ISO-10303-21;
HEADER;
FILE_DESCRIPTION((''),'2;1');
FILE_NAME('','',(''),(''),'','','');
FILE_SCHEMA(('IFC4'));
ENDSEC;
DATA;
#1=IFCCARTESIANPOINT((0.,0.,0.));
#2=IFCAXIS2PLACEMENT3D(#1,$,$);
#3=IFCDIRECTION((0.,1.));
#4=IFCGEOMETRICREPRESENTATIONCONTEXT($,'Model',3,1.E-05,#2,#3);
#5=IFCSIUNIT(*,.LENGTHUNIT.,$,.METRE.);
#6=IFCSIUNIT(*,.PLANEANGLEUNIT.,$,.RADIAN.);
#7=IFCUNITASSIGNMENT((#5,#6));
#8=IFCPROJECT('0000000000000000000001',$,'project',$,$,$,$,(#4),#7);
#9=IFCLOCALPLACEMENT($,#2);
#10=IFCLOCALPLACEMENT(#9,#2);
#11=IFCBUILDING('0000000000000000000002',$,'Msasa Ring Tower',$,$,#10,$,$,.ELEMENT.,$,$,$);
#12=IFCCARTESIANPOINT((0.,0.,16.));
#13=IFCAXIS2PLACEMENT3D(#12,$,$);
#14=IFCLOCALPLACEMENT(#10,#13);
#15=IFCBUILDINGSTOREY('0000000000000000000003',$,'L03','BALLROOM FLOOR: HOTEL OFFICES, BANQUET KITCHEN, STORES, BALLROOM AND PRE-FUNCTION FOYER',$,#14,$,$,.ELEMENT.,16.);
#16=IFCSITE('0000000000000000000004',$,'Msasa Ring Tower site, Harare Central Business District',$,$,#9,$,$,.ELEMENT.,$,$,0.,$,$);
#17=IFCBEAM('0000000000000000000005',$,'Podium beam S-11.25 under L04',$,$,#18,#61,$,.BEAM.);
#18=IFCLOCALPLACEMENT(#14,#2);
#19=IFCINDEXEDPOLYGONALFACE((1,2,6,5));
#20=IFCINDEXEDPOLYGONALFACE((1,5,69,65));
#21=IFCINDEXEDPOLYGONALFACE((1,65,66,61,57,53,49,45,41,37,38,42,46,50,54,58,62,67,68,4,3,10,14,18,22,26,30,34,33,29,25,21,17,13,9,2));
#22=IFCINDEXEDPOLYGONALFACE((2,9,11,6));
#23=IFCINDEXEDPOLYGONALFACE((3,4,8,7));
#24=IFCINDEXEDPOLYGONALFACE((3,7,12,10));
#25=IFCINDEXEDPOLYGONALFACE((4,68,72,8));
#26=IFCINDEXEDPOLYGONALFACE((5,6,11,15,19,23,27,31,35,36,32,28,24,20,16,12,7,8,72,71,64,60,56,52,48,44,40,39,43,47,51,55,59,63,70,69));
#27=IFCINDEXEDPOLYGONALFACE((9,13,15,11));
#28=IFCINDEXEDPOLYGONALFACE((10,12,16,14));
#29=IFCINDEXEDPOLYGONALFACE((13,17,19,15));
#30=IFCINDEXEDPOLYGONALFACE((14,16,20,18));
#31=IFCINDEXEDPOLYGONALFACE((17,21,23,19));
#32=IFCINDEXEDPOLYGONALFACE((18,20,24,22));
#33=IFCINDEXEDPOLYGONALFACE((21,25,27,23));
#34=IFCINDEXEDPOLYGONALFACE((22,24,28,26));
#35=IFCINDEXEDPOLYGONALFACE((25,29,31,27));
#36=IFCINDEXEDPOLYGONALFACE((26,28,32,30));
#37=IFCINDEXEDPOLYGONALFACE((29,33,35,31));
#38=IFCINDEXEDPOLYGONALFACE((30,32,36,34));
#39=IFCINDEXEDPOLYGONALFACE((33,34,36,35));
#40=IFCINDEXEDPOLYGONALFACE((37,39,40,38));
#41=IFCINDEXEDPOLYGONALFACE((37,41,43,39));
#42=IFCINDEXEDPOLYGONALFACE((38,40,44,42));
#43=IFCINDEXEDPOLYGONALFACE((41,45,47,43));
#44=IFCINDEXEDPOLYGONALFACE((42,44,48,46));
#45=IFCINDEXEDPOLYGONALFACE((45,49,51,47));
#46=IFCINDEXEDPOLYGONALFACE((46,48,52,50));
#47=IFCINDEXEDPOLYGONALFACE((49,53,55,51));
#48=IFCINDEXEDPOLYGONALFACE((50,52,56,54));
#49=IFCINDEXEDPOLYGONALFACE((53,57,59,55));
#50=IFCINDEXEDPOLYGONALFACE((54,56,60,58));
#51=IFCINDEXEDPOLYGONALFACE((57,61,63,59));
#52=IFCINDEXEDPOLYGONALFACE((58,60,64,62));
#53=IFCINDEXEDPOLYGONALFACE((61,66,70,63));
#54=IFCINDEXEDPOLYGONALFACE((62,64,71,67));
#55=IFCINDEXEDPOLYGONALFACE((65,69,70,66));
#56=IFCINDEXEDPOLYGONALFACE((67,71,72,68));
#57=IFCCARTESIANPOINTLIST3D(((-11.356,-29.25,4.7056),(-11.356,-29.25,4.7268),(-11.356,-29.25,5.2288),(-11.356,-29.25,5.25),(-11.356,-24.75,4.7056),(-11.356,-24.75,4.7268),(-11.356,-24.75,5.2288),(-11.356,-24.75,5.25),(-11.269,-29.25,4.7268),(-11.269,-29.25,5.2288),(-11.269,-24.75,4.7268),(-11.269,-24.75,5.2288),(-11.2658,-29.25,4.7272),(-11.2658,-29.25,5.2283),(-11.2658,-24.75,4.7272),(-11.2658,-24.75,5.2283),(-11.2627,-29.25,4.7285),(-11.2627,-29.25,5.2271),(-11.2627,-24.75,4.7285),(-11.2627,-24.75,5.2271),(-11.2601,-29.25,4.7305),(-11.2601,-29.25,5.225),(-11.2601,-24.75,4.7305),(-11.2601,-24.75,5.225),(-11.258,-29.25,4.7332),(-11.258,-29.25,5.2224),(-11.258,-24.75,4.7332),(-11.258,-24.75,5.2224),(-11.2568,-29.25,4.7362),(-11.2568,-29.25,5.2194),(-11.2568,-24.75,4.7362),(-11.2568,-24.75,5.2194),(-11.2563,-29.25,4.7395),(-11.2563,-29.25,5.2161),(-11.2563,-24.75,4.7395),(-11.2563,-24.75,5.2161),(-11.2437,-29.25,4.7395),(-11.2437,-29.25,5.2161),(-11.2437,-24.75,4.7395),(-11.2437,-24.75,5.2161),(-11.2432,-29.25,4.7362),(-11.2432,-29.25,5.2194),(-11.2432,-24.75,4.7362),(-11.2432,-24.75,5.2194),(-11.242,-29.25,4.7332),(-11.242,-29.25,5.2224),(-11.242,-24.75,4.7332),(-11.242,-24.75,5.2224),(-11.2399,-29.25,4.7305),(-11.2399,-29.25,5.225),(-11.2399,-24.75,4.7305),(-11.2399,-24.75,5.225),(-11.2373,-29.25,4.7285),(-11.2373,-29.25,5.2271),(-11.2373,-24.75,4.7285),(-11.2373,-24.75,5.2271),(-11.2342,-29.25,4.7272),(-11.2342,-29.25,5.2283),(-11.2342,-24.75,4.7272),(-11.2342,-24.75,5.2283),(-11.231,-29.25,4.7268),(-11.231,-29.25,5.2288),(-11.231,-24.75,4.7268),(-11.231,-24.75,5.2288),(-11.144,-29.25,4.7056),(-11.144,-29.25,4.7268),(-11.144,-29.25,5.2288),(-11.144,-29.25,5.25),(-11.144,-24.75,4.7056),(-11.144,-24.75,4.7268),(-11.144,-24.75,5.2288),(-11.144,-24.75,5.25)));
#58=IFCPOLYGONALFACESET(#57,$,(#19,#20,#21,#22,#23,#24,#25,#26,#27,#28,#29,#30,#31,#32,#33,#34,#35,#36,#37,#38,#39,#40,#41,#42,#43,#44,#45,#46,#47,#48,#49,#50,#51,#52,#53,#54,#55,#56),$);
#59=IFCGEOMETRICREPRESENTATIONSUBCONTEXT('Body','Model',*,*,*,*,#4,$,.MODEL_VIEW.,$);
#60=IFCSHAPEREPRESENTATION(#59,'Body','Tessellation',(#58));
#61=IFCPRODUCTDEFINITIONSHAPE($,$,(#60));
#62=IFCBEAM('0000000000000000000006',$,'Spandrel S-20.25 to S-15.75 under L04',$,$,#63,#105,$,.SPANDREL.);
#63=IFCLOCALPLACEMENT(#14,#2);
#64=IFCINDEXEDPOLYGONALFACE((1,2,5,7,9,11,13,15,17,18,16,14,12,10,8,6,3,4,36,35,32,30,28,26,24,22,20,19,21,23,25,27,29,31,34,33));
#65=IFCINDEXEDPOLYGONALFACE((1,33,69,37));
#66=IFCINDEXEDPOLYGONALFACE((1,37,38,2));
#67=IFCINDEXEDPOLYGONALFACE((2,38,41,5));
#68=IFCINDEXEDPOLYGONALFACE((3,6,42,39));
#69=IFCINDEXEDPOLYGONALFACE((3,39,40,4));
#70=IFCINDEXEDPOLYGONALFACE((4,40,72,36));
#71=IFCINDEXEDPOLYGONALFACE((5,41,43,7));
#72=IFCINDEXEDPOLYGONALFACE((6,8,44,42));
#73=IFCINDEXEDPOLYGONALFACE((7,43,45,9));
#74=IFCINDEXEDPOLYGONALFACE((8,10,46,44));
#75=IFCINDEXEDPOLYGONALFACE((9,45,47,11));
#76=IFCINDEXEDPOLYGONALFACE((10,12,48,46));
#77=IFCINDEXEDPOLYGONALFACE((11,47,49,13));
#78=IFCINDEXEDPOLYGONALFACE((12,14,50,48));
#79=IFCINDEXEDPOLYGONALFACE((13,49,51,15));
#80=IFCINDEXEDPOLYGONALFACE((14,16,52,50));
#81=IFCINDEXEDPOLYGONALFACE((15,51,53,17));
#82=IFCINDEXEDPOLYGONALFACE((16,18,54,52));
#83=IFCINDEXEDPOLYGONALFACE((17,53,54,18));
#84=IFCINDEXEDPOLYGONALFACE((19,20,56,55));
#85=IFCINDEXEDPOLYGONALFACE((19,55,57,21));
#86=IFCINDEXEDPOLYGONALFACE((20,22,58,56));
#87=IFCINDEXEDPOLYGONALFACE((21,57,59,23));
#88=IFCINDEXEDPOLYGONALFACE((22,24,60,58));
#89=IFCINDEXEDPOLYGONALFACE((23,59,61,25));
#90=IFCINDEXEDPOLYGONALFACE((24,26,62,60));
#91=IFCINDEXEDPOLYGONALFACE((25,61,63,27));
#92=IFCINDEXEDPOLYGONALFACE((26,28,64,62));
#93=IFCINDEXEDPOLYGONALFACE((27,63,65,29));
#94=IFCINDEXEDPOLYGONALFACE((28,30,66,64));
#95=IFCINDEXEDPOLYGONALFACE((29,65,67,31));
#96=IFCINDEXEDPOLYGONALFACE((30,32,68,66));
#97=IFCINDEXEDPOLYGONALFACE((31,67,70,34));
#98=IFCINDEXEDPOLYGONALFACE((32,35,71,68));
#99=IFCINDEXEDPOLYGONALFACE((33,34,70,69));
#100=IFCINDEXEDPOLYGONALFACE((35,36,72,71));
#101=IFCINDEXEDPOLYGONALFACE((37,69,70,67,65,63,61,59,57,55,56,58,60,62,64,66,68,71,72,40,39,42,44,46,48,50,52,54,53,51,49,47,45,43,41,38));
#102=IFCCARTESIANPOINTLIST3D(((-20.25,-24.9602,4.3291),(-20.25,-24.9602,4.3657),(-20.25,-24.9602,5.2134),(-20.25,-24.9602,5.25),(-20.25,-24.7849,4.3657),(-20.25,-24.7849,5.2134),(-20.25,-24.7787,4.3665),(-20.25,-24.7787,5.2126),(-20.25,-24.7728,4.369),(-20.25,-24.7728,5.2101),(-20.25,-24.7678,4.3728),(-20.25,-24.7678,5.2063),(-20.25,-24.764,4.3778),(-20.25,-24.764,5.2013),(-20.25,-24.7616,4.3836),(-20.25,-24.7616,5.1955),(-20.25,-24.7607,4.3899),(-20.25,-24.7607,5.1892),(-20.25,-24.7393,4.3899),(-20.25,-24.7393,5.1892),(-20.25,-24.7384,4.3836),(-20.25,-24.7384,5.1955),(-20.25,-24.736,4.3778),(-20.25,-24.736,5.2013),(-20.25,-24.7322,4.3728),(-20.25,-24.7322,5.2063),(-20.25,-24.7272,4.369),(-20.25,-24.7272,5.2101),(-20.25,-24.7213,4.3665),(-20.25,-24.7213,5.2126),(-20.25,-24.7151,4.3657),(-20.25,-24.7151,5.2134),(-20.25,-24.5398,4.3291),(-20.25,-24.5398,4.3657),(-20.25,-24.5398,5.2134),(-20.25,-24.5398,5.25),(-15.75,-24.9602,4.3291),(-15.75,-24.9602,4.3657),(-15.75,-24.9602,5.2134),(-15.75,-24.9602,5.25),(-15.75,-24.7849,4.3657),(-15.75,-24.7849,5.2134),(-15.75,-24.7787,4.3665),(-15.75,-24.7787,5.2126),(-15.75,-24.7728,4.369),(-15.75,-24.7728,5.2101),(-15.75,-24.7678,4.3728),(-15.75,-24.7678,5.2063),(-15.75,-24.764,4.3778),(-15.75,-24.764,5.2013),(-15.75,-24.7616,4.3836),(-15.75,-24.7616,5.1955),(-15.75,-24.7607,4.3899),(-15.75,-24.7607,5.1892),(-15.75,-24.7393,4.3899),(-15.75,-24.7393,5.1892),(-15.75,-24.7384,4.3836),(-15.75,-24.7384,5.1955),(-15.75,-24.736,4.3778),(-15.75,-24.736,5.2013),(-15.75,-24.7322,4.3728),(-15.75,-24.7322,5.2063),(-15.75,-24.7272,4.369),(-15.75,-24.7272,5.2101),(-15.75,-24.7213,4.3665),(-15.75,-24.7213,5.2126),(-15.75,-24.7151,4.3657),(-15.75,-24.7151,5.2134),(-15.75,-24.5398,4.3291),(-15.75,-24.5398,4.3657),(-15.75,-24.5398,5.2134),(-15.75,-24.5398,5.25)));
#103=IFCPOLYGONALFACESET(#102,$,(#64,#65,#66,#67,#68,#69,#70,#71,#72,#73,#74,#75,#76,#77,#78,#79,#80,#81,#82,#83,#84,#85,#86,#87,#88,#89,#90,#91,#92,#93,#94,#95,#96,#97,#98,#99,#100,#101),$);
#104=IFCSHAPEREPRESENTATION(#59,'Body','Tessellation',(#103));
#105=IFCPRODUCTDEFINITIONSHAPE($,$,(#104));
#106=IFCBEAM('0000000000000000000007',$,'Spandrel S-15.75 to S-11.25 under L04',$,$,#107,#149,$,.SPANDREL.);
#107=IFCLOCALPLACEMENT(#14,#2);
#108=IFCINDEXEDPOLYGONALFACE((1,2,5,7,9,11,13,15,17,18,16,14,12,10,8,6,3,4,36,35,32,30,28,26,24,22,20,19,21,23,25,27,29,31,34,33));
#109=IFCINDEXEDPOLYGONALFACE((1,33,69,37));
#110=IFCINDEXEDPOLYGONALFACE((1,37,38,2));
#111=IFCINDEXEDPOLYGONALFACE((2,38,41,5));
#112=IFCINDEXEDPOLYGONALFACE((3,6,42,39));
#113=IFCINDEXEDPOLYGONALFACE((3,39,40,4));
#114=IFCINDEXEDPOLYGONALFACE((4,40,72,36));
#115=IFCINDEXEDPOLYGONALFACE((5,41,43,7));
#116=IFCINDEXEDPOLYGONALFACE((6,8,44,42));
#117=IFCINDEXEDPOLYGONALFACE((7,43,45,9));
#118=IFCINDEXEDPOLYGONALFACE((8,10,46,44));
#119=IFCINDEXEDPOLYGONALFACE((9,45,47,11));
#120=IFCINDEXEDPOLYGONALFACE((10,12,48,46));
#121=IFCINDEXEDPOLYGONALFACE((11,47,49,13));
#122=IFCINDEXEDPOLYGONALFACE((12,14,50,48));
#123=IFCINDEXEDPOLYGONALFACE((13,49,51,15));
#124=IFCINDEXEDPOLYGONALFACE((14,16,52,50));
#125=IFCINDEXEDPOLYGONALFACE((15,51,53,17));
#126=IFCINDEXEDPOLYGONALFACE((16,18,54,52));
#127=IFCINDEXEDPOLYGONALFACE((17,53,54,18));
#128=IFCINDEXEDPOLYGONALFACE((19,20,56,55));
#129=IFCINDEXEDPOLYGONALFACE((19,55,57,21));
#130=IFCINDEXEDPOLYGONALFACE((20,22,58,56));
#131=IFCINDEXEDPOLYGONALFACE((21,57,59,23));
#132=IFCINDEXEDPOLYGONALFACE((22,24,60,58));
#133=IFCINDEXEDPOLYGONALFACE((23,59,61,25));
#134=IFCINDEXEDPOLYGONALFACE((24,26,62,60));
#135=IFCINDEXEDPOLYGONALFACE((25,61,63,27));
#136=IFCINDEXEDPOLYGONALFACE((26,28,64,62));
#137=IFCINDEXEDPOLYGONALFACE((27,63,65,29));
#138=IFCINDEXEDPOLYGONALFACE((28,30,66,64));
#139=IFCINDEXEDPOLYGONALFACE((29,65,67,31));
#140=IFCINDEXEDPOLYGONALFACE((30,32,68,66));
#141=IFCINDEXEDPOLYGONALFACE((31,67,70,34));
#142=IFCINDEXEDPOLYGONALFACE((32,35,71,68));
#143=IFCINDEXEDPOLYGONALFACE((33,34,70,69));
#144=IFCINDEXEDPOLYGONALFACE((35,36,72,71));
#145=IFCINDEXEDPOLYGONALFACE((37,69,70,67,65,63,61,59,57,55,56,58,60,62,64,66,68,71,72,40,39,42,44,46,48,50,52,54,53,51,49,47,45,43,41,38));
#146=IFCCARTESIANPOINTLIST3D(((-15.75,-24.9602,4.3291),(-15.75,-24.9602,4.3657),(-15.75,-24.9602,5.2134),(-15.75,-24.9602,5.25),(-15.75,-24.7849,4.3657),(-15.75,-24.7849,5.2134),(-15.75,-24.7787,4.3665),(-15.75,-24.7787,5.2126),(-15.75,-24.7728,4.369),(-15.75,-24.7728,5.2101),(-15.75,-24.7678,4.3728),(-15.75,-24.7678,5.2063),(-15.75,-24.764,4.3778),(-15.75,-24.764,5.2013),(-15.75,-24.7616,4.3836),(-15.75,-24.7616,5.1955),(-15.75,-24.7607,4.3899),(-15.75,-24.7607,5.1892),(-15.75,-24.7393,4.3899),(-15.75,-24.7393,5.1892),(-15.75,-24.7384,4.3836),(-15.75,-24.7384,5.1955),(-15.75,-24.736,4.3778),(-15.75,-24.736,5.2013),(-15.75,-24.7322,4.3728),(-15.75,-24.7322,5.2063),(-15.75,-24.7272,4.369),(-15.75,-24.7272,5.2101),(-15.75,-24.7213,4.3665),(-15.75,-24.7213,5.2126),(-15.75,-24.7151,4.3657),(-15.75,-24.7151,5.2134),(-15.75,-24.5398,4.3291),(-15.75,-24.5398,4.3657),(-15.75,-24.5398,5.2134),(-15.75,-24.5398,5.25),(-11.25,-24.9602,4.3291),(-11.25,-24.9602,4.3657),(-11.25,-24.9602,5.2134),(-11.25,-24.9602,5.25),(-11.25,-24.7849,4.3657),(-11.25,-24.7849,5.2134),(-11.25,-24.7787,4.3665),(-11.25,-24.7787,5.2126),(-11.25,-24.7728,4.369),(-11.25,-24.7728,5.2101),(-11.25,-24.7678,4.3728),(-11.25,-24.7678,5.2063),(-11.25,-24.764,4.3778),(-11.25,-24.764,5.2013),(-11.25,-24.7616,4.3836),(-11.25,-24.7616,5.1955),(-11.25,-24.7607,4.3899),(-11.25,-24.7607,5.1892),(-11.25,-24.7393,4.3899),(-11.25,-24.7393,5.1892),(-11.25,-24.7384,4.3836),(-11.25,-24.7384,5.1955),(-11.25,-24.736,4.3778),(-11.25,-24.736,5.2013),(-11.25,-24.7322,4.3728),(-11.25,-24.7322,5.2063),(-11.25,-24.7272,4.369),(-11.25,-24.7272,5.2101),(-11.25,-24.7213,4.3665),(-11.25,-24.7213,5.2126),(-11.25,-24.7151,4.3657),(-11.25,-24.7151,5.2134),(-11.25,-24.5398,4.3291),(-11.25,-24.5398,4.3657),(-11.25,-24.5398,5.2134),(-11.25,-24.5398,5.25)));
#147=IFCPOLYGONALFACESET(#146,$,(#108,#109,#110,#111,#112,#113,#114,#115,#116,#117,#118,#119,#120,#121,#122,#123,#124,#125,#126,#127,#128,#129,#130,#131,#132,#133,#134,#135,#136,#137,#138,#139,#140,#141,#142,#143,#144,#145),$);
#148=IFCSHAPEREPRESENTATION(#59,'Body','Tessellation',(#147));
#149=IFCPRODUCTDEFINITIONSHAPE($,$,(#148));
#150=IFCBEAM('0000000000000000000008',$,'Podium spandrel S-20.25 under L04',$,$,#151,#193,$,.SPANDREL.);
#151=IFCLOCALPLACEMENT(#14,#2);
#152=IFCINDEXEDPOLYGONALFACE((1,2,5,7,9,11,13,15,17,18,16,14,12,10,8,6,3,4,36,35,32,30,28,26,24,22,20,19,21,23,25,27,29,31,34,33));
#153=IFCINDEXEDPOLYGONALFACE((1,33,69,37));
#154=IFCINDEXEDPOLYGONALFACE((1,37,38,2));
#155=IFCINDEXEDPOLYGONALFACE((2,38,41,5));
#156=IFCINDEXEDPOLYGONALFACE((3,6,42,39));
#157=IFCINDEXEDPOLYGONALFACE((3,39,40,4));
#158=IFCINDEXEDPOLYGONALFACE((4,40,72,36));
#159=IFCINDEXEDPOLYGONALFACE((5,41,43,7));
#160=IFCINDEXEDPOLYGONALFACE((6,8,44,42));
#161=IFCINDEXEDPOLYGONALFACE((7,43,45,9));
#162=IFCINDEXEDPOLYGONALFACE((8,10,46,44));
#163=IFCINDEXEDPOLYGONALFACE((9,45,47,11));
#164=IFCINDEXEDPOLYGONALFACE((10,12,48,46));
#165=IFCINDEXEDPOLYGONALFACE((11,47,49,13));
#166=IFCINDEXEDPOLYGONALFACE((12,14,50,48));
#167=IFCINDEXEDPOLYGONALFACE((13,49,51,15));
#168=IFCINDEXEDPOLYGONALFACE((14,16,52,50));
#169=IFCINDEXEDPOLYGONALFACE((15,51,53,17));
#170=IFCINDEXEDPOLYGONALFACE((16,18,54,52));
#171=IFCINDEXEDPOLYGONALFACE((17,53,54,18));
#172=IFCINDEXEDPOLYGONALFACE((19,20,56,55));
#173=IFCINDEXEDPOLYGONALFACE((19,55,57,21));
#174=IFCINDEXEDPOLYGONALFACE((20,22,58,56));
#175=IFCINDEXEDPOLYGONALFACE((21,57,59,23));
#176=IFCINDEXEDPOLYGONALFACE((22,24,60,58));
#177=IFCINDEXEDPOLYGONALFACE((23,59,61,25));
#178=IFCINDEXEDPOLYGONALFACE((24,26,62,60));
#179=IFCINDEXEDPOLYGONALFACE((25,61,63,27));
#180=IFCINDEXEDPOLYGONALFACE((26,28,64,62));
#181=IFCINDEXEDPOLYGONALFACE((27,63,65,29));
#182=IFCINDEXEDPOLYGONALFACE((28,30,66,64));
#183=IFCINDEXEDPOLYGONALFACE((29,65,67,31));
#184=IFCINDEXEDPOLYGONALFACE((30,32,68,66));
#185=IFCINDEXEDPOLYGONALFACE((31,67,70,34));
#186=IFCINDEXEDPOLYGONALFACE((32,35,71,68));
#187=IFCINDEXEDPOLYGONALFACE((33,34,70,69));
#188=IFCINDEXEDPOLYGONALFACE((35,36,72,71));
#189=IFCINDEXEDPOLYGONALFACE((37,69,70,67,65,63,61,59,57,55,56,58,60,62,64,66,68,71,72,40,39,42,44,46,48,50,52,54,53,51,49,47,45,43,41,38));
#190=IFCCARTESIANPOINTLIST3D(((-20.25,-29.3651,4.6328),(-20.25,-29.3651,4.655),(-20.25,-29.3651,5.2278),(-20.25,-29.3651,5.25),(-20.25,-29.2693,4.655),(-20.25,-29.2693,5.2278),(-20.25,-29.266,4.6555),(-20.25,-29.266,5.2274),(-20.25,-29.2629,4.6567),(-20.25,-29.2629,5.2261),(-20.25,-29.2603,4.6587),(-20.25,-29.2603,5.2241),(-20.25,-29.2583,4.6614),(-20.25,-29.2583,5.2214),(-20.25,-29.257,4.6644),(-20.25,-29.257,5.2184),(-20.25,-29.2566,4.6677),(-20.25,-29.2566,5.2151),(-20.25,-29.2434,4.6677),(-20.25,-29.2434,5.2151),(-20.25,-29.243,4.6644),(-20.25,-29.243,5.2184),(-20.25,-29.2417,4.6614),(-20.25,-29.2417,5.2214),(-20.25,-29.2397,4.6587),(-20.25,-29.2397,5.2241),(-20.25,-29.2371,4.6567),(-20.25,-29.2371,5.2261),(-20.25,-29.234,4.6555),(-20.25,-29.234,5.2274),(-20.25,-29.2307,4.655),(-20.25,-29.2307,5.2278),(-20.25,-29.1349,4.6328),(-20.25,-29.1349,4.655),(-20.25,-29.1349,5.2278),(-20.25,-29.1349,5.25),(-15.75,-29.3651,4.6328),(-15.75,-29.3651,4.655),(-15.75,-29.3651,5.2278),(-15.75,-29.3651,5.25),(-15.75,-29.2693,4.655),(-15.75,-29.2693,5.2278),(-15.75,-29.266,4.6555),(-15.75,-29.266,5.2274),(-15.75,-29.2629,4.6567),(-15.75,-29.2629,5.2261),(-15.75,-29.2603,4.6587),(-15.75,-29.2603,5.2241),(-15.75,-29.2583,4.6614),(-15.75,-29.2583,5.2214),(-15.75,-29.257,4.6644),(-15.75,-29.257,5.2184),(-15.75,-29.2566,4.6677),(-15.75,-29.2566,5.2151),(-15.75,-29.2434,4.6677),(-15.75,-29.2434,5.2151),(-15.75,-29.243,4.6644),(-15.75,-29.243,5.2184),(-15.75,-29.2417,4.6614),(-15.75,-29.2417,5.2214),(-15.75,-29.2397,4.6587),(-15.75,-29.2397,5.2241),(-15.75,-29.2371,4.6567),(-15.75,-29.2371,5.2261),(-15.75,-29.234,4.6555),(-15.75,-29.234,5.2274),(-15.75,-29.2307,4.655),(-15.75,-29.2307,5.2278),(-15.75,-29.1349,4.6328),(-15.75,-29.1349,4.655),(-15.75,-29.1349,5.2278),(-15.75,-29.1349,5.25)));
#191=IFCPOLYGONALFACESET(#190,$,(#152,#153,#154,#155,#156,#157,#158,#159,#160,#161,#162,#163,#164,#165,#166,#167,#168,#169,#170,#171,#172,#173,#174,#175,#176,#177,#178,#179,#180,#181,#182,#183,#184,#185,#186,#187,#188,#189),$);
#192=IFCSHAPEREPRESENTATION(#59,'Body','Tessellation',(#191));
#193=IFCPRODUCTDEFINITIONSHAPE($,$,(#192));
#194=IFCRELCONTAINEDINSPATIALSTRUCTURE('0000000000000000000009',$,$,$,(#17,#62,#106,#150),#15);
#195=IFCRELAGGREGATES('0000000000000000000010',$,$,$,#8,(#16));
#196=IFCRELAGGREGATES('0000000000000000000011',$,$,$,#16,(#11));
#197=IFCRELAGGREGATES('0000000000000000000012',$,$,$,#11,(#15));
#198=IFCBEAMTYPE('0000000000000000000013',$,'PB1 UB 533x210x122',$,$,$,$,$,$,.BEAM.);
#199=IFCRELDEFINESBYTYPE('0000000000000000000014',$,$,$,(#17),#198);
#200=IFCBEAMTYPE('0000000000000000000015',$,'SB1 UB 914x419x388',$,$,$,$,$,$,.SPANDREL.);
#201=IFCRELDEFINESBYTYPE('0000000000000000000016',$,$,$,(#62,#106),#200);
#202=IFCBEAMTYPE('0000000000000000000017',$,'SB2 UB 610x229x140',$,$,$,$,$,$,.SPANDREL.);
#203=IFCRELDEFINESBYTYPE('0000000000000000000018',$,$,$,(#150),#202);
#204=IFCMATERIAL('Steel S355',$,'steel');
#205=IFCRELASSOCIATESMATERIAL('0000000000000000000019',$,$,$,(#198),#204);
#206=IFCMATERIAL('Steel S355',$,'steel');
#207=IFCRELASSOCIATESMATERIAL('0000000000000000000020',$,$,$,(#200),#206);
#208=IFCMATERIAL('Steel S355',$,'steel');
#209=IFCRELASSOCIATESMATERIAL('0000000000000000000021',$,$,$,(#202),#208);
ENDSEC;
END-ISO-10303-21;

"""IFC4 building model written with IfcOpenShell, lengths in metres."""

from ifc_helpers import new_model, si_unit, direction, frame, origin, origin_2d, place, context, subcontext, project, spatial, i_section, extrude, material, material_profile, profile_set, type_object, element, save


model = new_model("IFC4")

# Units and contexts
model_context = context("Model", 3, precision=1e-05, world=origin(), true_north=direction((0.0, 1.0)))
body_context = subcontext(model_context, "Body", "Model", "MODEL_VIEW")
ifc_project = project(units=[si_unit("LENGTHUNIT", "METRE"), si_unit("PLANEANGLEUNIT", "RADIAN")], contexts=[model_context])

# Site, building, storey
site_placement = place(None, origin())
site = spatial("IfcSite", under=ifc_project, at=site_placement, Name="Msasa Ring Tower site, Harare Central Business District", CompositionType="ELEMENT", RefElevation=0.0)
building_placement = place(site_placement, origin())
building = spatial("IfcBuilding", under=site, at=building_placement, Name="Msasa Ring Tower", CompositionType="ELEMENT")
storey_placement = place(building_placement, frame((0.0, 0.0, 16.0)))
storey = spatial("IfcBuildingStorey", under=building, at=storey_placement, Name="L03", Description="BALLROOM FLOOR: HOTEL OFFICES, BANQUET KITCHEN, STORES, BALLROOM AND PRE-FUNCTION FOYER", CompositionType="ELEMENT", Elevation=16.0)

# Beams
ifc_material_1 = material(Name="Steel S355", Category="steel")
ifc_material_profile_1 = material_profile(ifc_material_1, i_section(OverallWidth=0.2119, OverallDepth=0.5444, WebThickness=0.0127, FlangeThickness=0.0212, FilletRadius=0.0127, at=origin_2d()), Name="UB 533x210x122")
ifc_profile_set_1 = profile_set([ifc_material_profile_1], Name="Steel S355")
beam_type_1 = type_object("IfcBeamType", Name="PB1 UB 533x210x122", PredefinedType="BEAM", material=ifc_profile_set_1)
for number, where, z_axis, x_axis, name in (
    (1, (-11.25, -29.25, 4.9778), (0.0, 1.0, 0.0), (-1.0, 0.0, 0.0), "Podium beam S-11.25 under L04"),
):
    element("IfcBeam", number, at=place(storey_placement, frame(where, z_axis=z_axis, x_axis=x_axis)), inside=storey, type_object=beam_type_1, Name=name, PredefinedType="BEAM", context=body_context, shape_type="SweptSolid", body=[
        extrude(i_section(OverallWidth=0.2119, OverallDepth=0.5444, WebThickness=0.0127, FlangeThickness=0.0212, FilletRadius=0.0127, at=origin_2d()), origin(), (0.0, 0.0, 1.0), 4.5),
    ])
ifc_material_2 = material(Name="Steel S355", Category="steel")
ifc_material_profile_2 = material_profile(ifc_material_2, i_section(OverallWidth=0.4204, OverallDepth=0.9209, WebThickness=0.0215, FlangeThickness=0.0366, FilletRadius=0.0242, at=origin_2d()), Name="UB 914x419x388")
ifc_profile_set_2 = profile_set([ifc_material_profile_2], Name="Steel S355")
beam_type_2 = type_object("IfcBeamType", Name="SB1 UB 914x419x388", PredefinedType="SPANDREL", material=ifc_profile_set_2)
for number, where, z_axis, x_axis, name in (
    (2, (-20.25, -24.75, 4.7896), (1.0, 0.0, 0.0), (0.0, 1.0, 0.0), "Spandrel S-20.25 to S-15.75 under L04"),
    (3, (-15.75, -24.75, 4.7896), (1.0, 0.0, 0.0), (0.0, 1.0, 0.0), "Spandrel S-15.75 to S-11.25 under L04"),
):
    element("IfcBeam", number, at=place(storey_placement, frame(where, z_axis=z_axis, x_axis=x_axis)), inside=storey, type_object=beam_type_2, Name=name, PredefinedType="SPANDREL", context=body_context, shape_type="SweptSolid", body=[
        extrude(i_section(OverallWidth=0.4204, OverallDepth=0.9209, WebThickness=0.0215, FlangeThickness=0.0366, FilletRadius=0.0242, at=origin_2d()), origin(), (0.0, 0.0, 1.0), 4.5),
    ])
ifc_material_3 = material(Name="Steel S355", Category="steel")
ifc_material_profile_3 = material_profile(ifc_material_3, i_section(OverallWidth=0.2302, OverallDepth=0.6172, WebThickness=0.0132, FlangeThickness=0.0222, FilletRadius=0.0127, at=origin_2d()), Name="UB 610x229x140")
ifc_profile_set_3 = profile_set([ifc_material_profile_3], Name="Steel S355")
beam_type_3 = type_object("IfcBeamType", Name="SB2 UB 610x229x140", PredefinedType="SPANDREL", material=ifc_profile_set_3)
for number, where, z_axis, x_axis, name in (
    (4, (-20.25, -29.25, 4.9414), (1.0, 0.0, 0.0), (0.0, 1.0, 0.0), "Podium spandrel S-20.25 under L04"),
):
    element("IfcBeam", number, at=place(storey_placement, frame(where, z_axis=z_axis, x_axis=x_axis)), inside=storey, type_object=beam_type_3, Name=name, PredefinedType="SPANDREL", context=body_context, shape_type="SweptSolid", body=[
        extrude(i_section(OverallWidth=0.2302, OverallDepth=0.6172, WebThickness=0.0132, FlangeThickness=0.0222, FilletRadius=0.0127, at=origin_2d()), origin(), (0.0, 0.0, 1.0), 4.5),
    ])

save(model, "model.ifc")
